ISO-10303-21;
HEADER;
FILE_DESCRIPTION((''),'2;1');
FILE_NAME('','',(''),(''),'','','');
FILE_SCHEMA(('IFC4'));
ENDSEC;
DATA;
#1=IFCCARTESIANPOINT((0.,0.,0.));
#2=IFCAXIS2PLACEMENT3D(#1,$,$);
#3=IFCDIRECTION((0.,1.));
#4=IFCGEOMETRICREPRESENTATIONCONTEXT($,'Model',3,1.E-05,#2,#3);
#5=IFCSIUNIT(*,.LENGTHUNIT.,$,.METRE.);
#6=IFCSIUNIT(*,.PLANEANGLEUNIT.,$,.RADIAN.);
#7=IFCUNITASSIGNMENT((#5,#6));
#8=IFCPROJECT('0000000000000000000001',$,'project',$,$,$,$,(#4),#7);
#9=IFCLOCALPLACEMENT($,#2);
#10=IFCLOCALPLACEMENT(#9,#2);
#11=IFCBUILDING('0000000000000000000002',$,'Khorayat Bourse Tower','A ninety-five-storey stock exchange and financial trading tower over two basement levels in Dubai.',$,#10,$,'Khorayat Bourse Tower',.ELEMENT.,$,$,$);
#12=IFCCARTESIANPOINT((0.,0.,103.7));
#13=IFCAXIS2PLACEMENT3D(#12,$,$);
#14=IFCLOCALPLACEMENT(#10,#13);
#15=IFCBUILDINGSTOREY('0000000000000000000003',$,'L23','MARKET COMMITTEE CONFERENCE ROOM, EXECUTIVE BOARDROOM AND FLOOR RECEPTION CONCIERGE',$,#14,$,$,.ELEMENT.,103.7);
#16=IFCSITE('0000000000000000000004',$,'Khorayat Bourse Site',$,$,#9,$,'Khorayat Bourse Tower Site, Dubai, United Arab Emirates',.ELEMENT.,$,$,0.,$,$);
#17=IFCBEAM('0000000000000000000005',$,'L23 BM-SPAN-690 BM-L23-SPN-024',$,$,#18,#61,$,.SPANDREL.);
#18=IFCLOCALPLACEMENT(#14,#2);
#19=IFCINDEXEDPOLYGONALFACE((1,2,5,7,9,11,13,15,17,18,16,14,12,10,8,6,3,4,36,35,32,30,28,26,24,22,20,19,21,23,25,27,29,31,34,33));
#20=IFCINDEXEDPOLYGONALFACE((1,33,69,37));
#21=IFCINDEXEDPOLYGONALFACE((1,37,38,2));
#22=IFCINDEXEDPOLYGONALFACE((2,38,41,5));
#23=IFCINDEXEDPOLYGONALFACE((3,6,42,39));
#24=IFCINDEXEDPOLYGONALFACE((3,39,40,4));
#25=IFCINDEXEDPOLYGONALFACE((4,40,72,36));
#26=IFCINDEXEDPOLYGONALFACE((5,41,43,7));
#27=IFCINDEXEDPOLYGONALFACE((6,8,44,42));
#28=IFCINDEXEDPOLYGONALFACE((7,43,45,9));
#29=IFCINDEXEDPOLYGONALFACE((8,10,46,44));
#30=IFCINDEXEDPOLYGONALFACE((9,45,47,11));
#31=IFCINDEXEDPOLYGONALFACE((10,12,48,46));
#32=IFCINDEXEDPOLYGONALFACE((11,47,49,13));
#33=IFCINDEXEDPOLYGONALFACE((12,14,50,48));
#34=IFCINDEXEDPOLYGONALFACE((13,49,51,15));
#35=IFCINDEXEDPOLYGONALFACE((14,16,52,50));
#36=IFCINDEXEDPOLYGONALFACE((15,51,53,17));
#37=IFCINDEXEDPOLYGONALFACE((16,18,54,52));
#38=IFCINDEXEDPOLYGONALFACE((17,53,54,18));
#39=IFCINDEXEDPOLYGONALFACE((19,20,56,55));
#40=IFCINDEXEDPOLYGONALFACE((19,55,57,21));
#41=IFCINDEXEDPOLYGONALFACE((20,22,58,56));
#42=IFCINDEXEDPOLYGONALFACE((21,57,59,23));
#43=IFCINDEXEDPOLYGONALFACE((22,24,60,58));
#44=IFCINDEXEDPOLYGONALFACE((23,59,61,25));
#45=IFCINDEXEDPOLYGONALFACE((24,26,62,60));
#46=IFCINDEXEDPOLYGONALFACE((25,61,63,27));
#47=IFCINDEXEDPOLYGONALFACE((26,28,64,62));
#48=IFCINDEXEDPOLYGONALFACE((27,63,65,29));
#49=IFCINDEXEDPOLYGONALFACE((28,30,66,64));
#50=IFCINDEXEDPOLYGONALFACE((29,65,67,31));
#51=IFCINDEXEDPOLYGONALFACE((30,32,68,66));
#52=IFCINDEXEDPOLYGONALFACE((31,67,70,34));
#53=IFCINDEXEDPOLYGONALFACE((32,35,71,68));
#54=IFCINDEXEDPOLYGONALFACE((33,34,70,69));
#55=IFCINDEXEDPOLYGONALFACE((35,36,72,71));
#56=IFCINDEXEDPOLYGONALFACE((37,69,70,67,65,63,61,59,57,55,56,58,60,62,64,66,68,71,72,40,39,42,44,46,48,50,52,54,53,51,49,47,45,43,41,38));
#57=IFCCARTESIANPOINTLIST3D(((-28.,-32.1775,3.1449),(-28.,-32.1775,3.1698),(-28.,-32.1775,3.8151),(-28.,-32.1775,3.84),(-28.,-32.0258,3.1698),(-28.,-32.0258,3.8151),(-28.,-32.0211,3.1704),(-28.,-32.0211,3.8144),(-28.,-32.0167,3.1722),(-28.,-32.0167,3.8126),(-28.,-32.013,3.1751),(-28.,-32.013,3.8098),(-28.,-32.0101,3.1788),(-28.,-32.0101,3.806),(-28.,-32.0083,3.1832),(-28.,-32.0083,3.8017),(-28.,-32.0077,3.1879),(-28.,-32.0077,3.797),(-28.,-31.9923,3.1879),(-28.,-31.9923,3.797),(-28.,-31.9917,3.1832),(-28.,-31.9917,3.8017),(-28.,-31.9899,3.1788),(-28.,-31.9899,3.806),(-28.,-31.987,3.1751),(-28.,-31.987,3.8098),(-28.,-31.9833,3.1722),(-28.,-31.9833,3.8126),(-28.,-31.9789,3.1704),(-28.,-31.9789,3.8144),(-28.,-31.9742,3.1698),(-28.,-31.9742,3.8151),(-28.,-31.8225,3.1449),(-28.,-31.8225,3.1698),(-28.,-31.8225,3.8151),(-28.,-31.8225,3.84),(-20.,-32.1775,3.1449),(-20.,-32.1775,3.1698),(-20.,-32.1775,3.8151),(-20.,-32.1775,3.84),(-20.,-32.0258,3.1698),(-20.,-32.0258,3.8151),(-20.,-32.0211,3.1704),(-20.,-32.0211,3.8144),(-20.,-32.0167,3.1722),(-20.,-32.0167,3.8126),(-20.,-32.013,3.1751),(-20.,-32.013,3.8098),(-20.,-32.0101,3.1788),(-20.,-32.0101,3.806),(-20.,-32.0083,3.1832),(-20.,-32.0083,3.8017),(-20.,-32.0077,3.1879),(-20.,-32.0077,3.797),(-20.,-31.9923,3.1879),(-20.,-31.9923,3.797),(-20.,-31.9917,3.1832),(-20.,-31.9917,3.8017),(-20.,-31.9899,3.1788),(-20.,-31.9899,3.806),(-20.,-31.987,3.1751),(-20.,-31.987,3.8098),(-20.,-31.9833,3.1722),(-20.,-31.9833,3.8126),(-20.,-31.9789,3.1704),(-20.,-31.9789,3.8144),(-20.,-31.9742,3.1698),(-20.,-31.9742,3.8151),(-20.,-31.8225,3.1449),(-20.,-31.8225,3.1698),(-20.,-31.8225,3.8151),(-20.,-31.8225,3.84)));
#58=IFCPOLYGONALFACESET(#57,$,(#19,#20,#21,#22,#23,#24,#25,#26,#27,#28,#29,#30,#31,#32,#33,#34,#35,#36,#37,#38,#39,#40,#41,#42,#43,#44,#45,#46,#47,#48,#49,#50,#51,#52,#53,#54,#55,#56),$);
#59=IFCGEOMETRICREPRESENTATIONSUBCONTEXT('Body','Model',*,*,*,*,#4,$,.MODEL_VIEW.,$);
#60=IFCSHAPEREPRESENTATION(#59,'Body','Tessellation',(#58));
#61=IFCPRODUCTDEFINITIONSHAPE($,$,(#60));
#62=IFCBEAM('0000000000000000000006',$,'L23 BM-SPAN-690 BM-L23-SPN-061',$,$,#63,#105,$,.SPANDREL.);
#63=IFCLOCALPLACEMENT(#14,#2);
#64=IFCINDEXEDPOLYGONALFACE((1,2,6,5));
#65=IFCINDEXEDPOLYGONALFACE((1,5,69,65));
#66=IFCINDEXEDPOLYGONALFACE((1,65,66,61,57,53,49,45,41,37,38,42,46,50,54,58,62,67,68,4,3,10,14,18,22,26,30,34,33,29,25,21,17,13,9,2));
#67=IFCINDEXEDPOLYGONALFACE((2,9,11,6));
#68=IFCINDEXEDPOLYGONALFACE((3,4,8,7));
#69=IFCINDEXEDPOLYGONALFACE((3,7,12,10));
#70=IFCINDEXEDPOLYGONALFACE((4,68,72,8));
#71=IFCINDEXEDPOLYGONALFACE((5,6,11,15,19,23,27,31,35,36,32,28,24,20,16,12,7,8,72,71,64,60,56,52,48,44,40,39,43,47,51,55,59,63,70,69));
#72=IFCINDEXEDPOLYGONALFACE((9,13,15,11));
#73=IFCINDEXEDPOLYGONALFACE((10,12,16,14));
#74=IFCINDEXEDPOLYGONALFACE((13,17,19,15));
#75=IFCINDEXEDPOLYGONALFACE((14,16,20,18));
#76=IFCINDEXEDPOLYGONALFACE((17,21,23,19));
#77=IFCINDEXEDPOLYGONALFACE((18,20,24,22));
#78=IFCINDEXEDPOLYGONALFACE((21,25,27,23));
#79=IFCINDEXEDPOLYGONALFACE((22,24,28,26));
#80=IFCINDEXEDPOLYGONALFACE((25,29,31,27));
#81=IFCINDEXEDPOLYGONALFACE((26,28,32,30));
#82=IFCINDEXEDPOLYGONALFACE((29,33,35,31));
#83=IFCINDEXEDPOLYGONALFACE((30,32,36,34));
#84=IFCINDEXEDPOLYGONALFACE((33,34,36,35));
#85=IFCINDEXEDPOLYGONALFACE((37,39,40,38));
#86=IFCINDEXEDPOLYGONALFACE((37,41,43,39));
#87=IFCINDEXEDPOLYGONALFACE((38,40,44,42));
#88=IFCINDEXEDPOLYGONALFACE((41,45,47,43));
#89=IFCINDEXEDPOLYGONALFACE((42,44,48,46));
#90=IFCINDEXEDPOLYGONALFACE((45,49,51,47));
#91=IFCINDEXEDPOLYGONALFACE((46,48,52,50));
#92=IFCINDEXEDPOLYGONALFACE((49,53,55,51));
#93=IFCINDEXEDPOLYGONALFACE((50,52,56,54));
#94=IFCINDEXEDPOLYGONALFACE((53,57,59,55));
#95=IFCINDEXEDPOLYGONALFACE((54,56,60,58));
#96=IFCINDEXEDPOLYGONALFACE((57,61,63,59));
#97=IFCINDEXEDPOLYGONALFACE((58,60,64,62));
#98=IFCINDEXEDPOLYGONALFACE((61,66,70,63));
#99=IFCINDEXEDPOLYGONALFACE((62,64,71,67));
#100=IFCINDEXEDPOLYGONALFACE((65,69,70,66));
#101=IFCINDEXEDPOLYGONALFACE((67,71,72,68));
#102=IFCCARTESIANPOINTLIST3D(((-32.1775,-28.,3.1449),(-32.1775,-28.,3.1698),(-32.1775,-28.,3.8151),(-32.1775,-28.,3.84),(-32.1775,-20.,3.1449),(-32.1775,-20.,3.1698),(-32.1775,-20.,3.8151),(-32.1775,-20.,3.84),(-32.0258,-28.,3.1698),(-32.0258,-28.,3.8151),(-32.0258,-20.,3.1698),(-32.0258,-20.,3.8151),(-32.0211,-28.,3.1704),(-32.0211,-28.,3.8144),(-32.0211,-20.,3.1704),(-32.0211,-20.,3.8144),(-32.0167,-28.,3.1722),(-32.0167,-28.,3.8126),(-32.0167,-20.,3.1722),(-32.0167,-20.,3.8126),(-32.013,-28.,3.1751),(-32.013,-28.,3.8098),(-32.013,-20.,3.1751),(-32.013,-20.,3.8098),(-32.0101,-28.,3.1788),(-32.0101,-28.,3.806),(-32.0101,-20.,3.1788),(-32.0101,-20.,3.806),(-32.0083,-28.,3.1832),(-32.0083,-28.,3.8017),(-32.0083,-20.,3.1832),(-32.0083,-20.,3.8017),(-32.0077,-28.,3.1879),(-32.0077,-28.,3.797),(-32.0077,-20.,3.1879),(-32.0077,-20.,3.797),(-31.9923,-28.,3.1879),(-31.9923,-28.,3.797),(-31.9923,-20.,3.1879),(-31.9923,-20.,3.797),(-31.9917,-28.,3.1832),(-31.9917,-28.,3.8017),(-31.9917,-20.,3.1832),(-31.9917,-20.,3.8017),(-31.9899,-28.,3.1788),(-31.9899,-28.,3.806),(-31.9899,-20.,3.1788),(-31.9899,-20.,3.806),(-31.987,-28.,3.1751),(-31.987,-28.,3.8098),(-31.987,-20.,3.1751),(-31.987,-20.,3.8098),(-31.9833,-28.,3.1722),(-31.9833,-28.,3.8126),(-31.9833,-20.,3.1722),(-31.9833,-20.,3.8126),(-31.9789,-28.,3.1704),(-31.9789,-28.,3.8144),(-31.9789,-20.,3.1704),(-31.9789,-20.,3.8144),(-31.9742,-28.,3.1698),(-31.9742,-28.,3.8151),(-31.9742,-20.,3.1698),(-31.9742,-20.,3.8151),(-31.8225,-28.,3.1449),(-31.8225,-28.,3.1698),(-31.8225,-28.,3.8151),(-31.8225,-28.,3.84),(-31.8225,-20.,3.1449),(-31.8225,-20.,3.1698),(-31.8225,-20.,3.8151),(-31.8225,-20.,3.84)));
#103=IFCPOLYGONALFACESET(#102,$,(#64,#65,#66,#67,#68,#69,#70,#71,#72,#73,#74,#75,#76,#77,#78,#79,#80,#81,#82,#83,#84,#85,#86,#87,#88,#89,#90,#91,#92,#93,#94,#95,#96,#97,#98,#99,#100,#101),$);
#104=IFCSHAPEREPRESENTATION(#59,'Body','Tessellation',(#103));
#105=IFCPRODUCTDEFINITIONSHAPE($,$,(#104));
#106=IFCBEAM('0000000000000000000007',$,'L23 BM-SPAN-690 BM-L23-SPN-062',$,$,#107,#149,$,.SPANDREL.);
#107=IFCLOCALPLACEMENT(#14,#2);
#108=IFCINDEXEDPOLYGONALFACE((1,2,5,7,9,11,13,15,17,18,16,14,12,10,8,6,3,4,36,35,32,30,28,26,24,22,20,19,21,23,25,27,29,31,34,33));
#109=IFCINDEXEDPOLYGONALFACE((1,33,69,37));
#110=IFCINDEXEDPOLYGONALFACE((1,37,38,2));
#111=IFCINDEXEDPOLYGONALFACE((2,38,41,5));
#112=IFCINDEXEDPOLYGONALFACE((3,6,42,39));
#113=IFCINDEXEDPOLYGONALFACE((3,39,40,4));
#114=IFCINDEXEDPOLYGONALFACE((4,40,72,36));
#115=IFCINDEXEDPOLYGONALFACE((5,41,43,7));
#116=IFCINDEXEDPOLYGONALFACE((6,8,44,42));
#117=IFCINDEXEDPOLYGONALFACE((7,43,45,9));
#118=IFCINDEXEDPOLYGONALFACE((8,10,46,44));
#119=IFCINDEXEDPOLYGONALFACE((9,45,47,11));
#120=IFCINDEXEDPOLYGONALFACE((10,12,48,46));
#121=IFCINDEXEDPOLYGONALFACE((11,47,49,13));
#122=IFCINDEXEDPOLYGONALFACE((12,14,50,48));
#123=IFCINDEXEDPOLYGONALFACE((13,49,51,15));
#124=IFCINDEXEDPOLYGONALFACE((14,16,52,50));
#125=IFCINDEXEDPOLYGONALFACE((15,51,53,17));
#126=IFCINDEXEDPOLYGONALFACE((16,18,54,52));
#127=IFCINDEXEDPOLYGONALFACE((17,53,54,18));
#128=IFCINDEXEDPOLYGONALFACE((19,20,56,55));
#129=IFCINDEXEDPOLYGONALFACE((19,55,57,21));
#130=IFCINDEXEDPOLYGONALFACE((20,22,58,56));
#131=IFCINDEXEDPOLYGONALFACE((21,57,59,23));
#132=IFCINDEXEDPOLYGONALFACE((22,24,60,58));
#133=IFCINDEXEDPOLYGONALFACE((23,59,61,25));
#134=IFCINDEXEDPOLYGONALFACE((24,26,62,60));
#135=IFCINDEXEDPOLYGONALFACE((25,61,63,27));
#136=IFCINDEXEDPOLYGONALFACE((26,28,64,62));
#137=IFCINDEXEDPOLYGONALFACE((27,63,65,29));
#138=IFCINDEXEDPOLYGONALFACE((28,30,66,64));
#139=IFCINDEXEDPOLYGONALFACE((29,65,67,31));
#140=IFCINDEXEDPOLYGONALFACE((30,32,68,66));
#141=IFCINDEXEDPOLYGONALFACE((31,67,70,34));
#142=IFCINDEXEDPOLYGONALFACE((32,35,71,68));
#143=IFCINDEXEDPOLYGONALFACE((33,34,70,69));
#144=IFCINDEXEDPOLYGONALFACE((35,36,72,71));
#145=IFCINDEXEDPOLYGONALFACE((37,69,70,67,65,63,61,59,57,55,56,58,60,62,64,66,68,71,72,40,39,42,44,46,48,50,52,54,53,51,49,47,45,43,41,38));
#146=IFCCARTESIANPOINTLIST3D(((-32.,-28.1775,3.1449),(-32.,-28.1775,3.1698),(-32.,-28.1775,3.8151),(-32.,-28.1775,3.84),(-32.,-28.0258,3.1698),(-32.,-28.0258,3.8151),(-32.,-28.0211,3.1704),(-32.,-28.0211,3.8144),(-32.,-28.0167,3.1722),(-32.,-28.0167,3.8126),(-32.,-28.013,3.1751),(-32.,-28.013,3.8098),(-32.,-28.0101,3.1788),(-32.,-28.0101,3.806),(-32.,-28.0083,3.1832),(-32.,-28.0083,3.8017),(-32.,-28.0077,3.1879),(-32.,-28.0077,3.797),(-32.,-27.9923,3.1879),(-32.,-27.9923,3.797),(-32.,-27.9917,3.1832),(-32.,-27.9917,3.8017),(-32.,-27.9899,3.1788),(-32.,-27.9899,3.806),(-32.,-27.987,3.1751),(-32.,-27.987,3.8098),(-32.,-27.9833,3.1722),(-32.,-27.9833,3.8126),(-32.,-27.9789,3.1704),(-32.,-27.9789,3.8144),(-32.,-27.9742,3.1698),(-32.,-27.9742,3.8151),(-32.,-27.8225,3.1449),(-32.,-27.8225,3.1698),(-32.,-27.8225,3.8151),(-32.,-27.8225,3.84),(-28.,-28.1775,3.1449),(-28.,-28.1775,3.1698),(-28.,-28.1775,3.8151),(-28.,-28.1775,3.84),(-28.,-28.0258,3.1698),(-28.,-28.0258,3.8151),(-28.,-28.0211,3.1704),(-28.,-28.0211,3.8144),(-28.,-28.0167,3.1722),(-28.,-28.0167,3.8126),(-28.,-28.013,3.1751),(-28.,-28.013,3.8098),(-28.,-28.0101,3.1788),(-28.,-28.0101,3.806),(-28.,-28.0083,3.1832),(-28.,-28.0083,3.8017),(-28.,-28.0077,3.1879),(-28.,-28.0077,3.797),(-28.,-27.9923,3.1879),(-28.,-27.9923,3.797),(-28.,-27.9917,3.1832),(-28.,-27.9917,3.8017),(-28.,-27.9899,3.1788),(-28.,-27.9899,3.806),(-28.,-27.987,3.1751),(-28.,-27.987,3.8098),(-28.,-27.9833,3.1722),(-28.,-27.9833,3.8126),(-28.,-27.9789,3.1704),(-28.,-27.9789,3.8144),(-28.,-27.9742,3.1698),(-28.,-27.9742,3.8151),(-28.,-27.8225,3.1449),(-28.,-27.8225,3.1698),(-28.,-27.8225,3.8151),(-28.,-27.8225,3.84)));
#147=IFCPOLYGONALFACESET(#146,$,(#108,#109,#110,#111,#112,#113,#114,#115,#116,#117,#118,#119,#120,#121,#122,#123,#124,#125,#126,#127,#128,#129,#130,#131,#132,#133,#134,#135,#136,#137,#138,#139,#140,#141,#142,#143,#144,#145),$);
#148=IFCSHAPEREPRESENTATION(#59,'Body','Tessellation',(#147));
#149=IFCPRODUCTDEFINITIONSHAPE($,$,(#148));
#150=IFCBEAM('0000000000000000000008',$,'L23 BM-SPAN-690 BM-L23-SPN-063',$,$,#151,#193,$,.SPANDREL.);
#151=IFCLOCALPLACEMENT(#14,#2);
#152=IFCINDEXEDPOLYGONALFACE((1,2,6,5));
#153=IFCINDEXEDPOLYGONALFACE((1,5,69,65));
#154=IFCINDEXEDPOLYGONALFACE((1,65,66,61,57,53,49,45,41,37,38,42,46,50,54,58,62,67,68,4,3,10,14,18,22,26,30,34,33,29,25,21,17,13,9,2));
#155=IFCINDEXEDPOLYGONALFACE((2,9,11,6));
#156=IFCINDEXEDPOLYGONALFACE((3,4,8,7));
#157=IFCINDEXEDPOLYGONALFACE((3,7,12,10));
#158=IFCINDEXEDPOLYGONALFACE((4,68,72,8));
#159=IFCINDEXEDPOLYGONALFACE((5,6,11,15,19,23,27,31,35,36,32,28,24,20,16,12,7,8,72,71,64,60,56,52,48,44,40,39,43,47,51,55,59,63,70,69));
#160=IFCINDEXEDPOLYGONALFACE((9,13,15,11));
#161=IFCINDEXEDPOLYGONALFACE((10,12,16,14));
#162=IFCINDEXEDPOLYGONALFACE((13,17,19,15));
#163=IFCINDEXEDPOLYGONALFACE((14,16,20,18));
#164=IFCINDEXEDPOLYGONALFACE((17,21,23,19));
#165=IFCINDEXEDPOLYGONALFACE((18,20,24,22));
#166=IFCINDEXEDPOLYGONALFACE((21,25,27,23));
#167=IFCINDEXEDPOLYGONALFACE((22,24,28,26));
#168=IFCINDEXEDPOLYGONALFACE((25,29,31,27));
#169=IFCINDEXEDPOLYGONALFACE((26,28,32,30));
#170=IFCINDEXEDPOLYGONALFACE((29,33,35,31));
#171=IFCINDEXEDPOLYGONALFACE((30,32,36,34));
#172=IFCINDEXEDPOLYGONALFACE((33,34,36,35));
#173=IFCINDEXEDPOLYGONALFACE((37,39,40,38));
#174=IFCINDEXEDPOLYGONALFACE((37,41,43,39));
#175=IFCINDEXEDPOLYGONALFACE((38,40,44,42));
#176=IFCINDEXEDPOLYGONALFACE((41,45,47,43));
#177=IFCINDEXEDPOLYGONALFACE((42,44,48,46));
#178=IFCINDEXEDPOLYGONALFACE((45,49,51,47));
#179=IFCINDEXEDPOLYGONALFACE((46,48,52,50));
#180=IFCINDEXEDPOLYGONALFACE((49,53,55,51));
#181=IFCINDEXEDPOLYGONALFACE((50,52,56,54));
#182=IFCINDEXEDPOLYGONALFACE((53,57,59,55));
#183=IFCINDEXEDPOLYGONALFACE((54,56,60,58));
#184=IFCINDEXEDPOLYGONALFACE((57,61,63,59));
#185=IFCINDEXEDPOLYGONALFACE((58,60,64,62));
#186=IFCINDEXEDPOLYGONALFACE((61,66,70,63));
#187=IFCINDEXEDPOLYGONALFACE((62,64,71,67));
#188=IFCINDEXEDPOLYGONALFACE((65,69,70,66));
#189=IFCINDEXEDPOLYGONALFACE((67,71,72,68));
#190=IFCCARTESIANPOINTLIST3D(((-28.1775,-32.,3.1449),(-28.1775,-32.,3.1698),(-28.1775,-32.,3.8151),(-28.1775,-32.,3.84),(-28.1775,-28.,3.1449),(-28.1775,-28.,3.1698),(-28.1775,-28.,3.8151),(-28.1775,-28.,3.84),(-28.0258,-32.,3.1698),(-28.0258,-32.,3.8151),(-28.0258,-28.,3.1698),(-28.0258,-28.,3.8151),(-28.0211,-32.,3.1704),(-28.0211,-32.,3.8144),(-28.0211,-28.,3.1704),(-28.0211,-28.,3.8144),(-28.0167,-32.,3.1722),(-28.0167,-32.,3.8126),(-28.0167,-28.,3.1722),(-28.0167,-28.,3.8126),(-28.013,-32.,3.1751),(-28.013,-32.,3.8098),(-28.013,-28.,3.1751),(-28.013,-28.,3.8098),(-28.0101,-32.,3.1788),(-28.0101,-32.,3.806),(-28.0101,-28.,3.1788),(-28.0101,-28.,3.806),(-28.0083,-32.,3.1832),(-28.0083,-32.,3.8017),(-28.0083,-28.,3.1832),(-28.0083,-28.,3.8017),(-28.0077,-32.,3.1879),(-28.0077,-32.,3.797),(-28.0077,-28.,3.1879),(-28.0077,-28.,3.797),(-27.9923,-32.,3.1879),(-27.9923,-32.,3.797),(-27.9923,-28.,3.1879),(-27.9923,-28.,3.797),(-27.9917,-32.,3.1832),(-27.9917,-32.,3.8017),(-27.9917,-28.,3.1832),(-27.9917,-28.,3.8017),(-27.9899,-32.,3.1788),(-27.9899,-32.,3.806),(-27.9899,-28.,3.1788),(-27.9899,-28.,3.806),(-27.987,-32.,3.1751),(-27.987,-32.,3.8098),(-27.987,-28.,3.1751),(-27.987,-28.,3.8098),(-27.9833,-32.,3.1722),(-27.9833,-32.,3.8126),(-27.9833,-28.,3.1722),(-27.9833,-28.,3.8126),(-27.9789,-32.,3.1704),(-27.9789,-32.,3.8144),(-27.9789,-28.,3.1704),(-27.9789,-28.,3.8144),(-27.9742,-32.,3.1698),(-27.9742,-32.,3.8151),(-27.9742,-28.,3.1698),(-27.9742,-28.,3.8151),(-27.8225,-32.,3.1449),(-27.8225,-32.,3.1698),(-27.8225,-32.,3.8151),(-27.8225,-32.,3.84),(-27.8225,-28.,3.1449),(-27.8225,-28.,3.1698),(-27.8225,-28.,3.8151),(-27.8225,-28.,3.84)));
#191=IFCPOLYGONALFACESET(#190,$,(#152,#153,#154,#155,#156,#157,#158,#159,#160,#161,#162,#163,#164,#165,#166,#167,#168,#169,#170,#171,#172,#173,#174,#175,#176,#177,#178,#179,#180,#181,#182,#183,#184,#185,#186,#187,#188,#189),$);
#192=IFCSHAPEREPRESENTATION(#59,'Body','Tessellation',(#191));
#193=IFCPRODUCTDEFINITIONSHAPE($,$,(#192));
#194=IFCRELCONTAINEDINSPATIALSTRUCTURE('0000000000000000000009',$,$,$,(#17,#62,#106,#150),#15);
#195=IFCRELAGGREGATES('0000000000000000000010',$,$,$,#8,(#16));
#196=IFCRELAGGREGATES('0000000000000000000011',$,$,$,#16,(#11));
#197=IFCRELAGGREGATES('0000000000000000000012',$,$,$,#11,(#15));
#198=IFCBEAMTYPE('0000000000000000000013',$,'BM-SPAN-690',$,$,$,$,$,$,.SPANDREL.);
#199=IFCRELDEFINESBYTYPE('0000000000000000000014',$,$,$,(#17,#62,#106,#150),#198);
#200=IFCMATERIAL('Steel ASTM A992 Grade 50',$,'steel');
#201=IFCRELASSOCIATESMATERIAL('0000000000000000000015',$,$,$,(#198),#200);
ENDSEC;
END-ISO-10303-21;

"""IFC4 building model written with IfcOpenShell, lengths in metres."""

from ifc_helpers import new_model, si_unit, direction, frame, origin, origin_2d, place, context, subcontext, project, spatial, i_section, extrude, source, transform, mapped, material, material_profile, profile_set, type_object, element, save


model = new_model("IFC4")

# Units and contexts
model_context = context("Model", 3, precision=1e-05, world=origin(), true_north=direction((0.0, 1.0)))
body_context = subcontext(model_context, "Body", "Model", "MODEL_VIEW")
ifc_project = project(units=[si_unit("LENGTHUNIT", "METRE"), si_unit("PLANEANGLEUNIT", "RADIAN")], contexts=[model_context])

# Site, building, storey
site_placement = place(None, origin())
site = spatial("IfcSite", under=ifc_project, at=site_placement, Name="Khorayat Bourse Site", LongName="Khorayat Bourse Tower Site, Dubai, United Arab Emirates", CompositionType="ELEMENT", RefElevation=0.0)
building_placement = place(site_placement, origin())
building = spatial("IfcBuilding", under=site, at=building_placement, Name="Khorayat Bourse Tower", Description="A ninety-five-storey stock exchange and financial trading tower over two basement levels in Dubai.", LongName="Khorayat Bourse Tower", CompositionType="ELEMENT")
storey_placement = place(building_placement, frame((0.0, 0.0, 103.7)))
storey = spatial("IfcBuildingStorey", under=building, at=storey_placement, Name="L23", Description="MARKET COMMITTEE CONFERENCE ROOM, EXECUTIVE BOARDROOM AND FLOOR RECEPTION CONCIERGE", CompositionType="ELEMENT", Elevation=103.7)

# Beams
ifc_material_1 = material(Name="Steel ASTM A992 Grade 50", Category="steel")
ifc_material_profile_1 = material_profile(ifc_material_1, i_section(OverallWidth=0.355, OverallDepth=0.6951, WebThickness=0.0154, FlangeThickness=0.0249, FilletRadius=0.0181, at=origin_2d()), Name="W690X217")
ifc_profile_set_1 = profile_set([ifc_material_profile_1], Name="Steel ASTM A992 Grade 50")
beam_type_1 = type_object("IfcBeamType", Name="BM-SPAN-690", PredefinedType="SPANDREL", material=ifc_profile_set_1)
shared_shape_1 = source(origin(), body_context, "Body", "SweptSolid", [
    extrude(i_section(OverallWidth=0.355, OverallDepth=0.6951, WebThickness=0.0154, FlangeThickness=0.0249, FilletRadius=0.0181, at=origin_2d()), origin(), (0.0, 0.0, 1.0), 8.0),
])
for number, where, z_axis, x_axis, name in (
    (1, (-28.0, -32.0, 3.4924), (1.0, 0.0, 0.0), (0.0, 1.0, 0.0), "L23 BM-SPAN-690 BM-L23-SPN-024"),
    (2, (-32.0, -28.0, 3.4924), (0.0, 1.0, 0.0), (-1.0, 0.0, 0.0), "L23 BM-SPAN-690 BM-L23-SPN-061"),
):
    element("IfcBeam", number, at=place(storey_placement, frame(where, z_axis=z_axis, x_axis=x_axis)), inside=storey, type_object=beam_type_1, Name=name, PredefinedType="SPANDREL", context=body_context, shape_type="MappedRepresentation", body=[
        mapped(shared_shape_1, transform((0.0, 0.0, 0.0), scale=1.0)),
    ])
shared_shape_2 = source(origin(), body_context, "Body", "SweptSolid", [
    extrude(i_section(OverallWidth=0.355, OverallDepth=0.6951, WebThickness=0.0154, FlangeThickness=0.0249, FilletRadius=0.0181, at=origin_2d()), origin(), (0.0, 0.0, 1.0), 4.0),
])
for number, where, z_axis, x_axis, name in (
    (3, (-32.0, -28.0, 3.4924), (1.0, 0.0, 0.0), (0.0, 1.0, 0.0), "L23 BM-SPAN-690 BM-L23-SPN-062"),
    (4, (-28.0, -32.0, 3.4924), (0.0, 1.0, 0.0), (-1.0, 0.0, 0.0), "L23 BM-SPAN-690 BM-L23-SPN-063"),
):
    element("IfcBeam", number, at=place(storey_placement, frame(where, z_axis=z_axis, x_axis=x_axis)), inside=storey, type_object=beam_type_1, Name=name, PredefinedType="SPANDREL", context=body_context, shape_type="MappedRepresentation", body=[
        mapped(shared_shape_2, transform((0.0, 0.0, 0.0), scale=1.0)),
    ])

save(model, "model.ifc")
